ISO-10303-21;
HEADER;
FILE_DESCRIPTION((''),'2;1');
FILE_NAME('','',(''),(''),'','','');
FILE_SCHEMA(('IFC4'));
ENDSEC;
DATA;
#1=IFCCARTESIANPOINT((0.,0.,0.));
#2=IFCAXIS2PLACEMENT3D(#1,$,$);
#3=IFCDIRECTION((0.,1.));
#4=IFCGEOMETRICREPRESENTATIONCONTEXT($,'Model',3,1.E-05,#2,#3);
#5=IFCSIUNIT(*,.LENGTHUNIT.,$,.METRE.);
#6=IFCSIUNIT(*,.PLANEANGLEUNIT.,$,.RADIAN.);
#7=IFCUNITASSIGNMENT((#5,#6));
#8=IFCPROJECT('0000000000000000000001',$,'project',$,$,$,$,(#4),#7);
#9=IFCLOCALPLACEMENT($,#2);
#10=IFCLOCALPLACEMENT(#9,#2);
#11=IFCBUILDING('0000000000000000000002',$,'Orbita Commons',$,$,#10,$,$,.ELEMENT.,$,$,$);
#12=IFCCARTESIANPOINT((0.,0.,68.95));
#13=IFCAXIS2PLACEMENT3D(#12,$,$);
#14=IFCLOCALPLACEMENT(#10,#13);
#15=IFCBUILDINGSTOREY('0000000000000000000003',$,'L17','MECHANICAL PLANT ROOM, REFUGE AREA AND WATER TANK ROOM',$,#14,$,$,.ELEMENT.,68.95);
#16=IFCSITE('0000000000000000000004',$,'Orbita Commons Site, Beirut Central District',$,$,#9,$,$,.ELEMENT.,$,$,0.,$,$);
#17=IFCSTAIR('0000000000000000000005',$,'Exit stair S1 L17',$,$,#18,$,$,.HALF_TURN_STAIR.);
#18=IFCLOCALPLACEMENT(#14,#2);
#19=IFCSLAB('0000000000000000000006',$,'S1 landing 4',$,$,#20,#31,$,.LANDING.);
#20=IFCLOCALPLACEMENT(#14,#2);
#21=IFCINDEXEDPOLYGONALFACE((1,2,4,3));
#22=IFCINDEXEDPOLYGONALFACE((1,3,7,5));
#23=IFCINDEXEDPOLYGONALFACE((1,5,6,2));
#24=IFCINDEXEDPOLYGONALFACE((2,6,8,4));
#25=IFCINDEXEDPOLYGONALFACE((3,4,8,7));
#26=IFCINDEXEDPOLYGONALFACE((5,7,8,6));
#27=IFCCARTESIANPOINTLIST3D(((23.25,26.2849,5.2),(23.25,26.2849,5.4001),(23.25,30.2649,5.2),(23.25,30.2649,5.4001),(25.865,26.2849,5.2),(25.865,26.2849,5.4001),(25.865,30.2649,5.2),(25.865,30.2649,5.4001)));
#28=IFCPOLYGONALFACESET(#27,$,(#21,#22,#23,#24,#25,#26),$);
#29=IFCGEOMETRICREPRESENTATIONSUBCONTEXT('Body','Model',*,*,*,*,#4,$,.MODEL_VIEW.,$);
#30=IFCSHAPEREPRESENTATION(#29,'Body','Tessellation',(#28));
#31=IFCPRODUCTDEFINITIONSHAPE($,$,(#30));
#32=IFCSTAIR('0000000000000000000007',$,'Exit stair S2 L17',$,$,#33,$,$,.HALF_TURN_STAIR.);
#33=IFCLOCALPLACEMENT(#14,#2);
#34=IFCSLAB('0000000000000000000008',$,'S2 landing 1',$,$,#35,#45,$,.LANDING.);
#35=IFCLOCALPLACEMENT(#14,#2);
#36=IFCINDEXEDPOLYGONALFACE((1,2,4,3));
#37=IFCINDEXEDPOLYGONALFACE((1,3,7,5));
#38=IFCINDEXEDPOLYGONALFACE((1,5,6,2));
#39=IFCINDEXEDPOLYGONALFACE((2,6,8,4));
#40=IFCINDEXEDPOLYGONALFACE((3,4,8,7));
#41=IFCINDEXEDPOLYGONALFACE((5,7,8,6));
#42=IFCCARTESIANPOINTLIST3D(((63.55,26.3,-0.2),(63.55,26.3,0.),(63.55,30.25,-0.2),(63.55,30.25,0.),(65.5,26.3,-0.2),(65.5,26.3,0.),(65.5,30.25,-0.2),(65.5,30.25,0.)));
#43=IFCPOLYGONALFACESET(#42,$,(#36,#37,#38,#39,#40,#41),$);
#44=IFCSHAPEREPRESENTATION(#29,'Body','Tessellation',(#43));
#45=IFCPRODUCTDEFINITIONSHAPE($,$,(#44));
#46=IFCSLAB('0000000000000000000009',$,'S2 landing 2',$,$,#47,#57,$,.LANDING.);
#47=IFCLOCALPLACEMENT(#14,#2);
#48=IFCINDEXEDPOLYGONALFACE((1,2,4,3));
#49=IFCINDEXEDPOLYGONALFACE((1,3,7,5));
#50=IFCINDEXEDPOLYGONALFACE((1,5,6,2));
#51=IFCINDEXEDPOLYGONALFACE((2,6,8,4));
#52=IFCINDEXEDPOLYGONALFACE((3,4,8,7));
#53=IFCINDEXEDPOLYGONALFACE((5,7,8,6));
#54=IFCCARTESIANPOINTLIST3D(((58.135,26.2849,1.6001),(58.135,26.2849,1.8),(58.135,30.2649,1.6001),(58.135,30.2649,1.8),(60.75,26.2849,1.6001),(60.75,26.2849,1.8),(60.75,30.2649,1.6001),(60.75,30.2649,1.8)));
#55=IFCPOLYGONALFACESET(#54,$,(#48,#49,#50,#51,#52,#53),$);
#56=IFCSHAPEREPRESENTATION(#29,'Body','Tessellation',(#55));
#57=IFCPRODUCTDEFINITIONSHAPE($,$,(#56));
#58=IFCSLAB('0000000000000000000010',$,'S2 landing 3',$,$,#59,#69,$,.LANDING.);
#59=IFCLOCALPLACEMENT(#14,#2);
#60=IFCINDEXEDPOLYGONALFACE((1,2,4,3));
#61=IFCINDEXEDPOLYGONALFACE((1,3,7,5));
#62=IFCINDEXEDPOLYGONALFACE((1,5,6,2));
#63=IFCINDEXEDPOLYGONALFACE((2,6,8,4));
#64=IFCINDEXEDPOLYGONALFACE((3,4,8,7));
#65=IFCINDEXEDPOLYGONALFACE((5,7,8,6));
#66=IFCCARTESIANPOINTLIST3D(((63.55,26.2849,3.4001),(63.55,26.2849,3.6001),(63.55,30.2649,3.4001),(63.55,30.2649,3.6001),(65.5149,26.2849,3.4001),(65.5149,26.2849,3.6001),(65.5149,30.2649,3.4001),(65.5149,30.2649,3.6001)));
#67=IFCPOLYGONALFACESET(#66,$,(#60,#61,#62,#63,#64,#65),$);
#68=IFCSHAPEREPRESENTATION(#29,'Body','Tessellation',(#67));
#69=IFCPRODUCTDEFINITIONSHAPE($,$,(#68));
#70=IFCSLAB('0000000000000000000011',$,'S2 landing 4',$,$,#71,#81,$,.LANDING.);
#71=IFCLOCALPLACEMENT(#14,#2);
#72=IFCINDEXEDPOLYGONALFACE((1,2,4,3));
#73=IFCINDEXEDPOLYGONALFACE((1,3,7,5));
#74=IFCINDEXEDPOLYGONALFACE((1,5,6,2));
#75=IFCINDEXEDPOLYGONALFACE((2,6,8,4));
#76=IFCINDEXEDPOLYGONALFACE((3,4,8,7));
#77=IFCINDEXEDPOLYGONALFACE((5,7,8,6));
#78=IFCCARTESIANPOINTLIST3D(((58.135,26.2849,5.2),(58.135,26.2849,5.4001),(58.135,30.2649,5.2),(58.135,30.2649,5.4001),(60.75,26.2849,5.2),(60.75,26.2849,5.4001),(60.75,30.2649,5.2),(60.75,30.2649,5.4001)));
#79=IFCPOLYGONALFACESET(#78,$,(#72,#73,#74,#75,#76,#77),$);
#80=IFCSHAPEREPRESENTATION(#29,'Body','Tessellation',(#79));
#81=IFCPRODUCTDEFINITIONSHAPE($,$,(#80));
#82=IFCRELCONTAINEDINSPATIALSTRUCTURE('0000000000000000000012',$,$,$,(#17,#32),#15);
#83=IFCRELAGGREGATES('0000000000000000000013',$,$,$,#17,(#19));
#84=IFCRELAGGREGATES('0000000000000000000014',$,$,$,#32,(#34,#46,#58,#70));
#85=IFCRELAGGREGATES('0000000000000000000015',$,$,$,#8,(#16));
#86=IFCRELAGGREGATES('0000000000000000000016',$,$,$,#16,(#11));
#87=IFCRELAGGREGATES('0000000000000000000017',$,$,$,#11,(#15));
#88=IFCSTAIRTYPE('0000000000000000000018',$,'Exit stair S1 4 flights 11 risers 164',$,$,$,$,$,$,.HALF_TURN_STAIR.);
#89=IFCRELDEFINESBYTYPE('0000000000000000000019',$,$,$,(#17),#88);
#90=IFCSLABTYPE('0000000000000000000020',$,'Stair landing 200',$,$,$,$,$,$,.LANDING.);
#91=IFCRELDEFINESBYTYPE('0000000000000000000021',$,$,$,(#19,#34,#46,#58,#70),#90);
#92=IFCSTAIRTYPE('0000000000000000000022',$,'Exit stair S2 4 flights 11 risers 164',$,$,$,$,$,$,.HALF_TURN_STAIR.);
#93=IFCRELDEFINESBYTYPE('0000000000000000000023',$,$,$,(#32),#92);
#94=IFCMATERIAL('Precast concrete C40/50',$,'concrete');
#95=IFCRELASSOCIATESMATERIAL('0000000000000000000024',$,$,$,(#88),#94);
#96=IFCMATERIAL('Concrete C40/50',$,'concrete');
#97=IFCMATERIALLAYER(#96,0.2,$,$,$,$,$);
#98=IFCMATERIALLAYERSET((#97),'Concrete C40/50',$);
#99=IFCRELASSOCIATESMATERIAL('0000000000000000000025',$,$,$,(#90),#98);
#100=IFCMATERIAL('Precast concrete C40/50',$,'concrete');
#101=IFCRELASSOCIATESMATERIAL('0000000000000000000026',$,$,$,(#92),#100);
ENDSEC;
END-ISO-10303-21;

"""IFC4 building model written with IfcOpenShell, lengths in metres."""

from ifc_helpers import new_model, si_unit, direction, frame, origin, place, context, subcontext, project, spatial, polyline, outline, extrude, material, layer, layer_set, type_object, element, aggregate, save


model = new_model("IFC4")

# Units and contexts
model_context = context("Model", 3, precision=1e-05, world=origin(), true_north=direction((0.0, 1.0)))
body_context = subcontext(model_context, "Body", "Model", "MODEL_VIEW")
ifc_project = project(units=[si_unit("LENGTHUNIT", "METRE"), si_unit("PLANEANGLEUNIT", "RADIAN")], contexts=[model_context])

# Site, building, storey
site_placement = place(None, origin())
site = spatial("IfcSite", under=ifc_project, at=site_placement, Name="Orbita Commons Site, Beirut Central District", CompositionType="ELEMENT", RefElevation=0.0)
building_placement = place(site_placement, origin())
building = spatial("IfcBuilding", under=site, at=building_placement, Name="Orbita Commons", CompositionType="ELEMENT")
storey_placement = place(building_placement, frame((0.0, 0.0, 68.95)))
storey = spatial("IfcBuildingStorey", under=building, at=storey_placement, Name="L17", Description="MECHANICAL PLANT ROOM, REFUGE AREA AND WATER TANK ROOM", CompositionType="ELEMENT", Elevation=68.95)

# Stairs, slabs
ifc_material_1 = material(Name="Precast concrete C40/50", Category="concrete")
stair_type_1 = type_object("IfcStairType", Name="Exit stair S1 4 flights 11 risers 164", PredefinedType="HALF_TURN_STAIR", material=ifc_material_1)
stair_1_placement = place(storey_placement, origin())
stair_1 = element("IfcStair", 1, at=stair_1_placement, inside=storey, type_object=stair_type_1, Name="Exit stair S1 L17", PredefinedType="HALF_TURN_STAIR")
ifc_material_2 = material(Name="Concrete C40/50", Category="concrete")
ifc_layer_1 = layer(ifc_material_2, 0.2)
ifc_layer_set_1 = layer_set([ifc_layer_1], Name="Concrete C40/50")
slab_type_1 = type_object("IfcSlabType", Name="Stair landing 200", PredefinedType="LANDING", material=ifc_layer_set_1)
slab_1_placement = place(storey_placement, frame((0.0, 0.0, 5.2)))
slab_1 = element("IfcSlab", 2, at=slab_1_placement, type_object=slab_type_1, Name="S1 landing 4", PredefinedType="LANDING", context=body_context, shape_type="SweptSolid", body=[
    extrude(outline(polyline([(23.25, 26.2849), (25.865, 26.2849), (25.865, 30.2649), (23.25, 30.2649), (23.25, 26.2849)])), origin(), (0.0, 0.0, 1.0), 0.2002),
])
aggregate(stair_1, [slab_1])
ifc_material_3 = material(Name="Precast concrete C40/50", Category="concrete")
stair_type_2 = type_object("IfcStairType", Name="Exit stair S2 4 flights 11 risers 164", PredefinedType="HALF_TURN_STAIR", material=ifc_material_3)
stair_2_placement = place(storey_placement, origin())
stair_2 = element("IfcStair", 3, at=stair_2_placement, inside=storey, type_object=stair_type_2, Name="Exit stair S2 L17", PredefinedType="HALF_TURN_STAIR")
slab_2_placement = place(storey_placement, frame((0.0, 0.0, -0.2)))
slab_2 = element("IfcSlab", 4, at=slab_2_placement, type_object=slab_type_1, Name="S2 landing 1", PredefinedType="LANDING", context=body_context, shape_type="SweptSolid", body=[
    extrude(outline(polyline([(63.55, 26.3), (65.5, 26.3), (65.5, 30.25), (63.55, 30.25), (63.55, 26.3)])), origin(), (0.0, 0.0, 1.0), 0.2),
])
slab_3_placement = place(storey_placement, frame((0.0, 0.0, 1.6001)))
slab_3 = element("IfcSlab", 5, at=slab_3_placement, type_object=slab_type_1, Name="S2 landing 2", PredefinedType="LANDING", context=body_context, shape_type="SweptSolid", body=[
    extrude(outline(polyline([(58.135, 26.2849), (60.75, 26.2849), (60.75, 30.2649), (58.135, 30.2649), (58.135, 26.2849)])), origin(), (0.0, 0.0, 1.0), 0.2),
])
slab_4_placement = place(storey_placement, frame((0.0, 0.0, 3.4001)))
slab_4 = element("IfcSlab", 6, at=slab_4_placement, type_object=slab_type_1, Name="S2 landing 3", PredefinedType="LANDING", context=body_context, shape_type="SweptSolid", body=[
    extrude(outline(polyline([(63.55, 26.2849), (65.5149, 26.2849), (65.5149, 30.2649), (63.55, 30.2649), (63.55, 26.2849)])), origin(), (0.0, 0.0, 1.0), 0.2),
])
slab_5_placement = place(storey_placement, frame((0.0, 0.0, 5.2)))
slab_5 = element("IfcSlab", 7, at=slab_5_placement, type_object=slab_type_1, Name="S2 landing 4", PredefinedType="LANDING", context=body_context, shape_type="SweptSolid", body=[
    extrude(outline(polyline([(58.135, 26.2849), (60.75, 26.2849), (60.75, 30.2649), (58.135, 30.2649), (58.135, 26.2849)])), origin(), (0.0, 0.0, 1.0), 0.2002),
])
aggregate(stair_2, [slab_2, slab_3, slab_4, slab_5])

save(model, "model.ifc")
